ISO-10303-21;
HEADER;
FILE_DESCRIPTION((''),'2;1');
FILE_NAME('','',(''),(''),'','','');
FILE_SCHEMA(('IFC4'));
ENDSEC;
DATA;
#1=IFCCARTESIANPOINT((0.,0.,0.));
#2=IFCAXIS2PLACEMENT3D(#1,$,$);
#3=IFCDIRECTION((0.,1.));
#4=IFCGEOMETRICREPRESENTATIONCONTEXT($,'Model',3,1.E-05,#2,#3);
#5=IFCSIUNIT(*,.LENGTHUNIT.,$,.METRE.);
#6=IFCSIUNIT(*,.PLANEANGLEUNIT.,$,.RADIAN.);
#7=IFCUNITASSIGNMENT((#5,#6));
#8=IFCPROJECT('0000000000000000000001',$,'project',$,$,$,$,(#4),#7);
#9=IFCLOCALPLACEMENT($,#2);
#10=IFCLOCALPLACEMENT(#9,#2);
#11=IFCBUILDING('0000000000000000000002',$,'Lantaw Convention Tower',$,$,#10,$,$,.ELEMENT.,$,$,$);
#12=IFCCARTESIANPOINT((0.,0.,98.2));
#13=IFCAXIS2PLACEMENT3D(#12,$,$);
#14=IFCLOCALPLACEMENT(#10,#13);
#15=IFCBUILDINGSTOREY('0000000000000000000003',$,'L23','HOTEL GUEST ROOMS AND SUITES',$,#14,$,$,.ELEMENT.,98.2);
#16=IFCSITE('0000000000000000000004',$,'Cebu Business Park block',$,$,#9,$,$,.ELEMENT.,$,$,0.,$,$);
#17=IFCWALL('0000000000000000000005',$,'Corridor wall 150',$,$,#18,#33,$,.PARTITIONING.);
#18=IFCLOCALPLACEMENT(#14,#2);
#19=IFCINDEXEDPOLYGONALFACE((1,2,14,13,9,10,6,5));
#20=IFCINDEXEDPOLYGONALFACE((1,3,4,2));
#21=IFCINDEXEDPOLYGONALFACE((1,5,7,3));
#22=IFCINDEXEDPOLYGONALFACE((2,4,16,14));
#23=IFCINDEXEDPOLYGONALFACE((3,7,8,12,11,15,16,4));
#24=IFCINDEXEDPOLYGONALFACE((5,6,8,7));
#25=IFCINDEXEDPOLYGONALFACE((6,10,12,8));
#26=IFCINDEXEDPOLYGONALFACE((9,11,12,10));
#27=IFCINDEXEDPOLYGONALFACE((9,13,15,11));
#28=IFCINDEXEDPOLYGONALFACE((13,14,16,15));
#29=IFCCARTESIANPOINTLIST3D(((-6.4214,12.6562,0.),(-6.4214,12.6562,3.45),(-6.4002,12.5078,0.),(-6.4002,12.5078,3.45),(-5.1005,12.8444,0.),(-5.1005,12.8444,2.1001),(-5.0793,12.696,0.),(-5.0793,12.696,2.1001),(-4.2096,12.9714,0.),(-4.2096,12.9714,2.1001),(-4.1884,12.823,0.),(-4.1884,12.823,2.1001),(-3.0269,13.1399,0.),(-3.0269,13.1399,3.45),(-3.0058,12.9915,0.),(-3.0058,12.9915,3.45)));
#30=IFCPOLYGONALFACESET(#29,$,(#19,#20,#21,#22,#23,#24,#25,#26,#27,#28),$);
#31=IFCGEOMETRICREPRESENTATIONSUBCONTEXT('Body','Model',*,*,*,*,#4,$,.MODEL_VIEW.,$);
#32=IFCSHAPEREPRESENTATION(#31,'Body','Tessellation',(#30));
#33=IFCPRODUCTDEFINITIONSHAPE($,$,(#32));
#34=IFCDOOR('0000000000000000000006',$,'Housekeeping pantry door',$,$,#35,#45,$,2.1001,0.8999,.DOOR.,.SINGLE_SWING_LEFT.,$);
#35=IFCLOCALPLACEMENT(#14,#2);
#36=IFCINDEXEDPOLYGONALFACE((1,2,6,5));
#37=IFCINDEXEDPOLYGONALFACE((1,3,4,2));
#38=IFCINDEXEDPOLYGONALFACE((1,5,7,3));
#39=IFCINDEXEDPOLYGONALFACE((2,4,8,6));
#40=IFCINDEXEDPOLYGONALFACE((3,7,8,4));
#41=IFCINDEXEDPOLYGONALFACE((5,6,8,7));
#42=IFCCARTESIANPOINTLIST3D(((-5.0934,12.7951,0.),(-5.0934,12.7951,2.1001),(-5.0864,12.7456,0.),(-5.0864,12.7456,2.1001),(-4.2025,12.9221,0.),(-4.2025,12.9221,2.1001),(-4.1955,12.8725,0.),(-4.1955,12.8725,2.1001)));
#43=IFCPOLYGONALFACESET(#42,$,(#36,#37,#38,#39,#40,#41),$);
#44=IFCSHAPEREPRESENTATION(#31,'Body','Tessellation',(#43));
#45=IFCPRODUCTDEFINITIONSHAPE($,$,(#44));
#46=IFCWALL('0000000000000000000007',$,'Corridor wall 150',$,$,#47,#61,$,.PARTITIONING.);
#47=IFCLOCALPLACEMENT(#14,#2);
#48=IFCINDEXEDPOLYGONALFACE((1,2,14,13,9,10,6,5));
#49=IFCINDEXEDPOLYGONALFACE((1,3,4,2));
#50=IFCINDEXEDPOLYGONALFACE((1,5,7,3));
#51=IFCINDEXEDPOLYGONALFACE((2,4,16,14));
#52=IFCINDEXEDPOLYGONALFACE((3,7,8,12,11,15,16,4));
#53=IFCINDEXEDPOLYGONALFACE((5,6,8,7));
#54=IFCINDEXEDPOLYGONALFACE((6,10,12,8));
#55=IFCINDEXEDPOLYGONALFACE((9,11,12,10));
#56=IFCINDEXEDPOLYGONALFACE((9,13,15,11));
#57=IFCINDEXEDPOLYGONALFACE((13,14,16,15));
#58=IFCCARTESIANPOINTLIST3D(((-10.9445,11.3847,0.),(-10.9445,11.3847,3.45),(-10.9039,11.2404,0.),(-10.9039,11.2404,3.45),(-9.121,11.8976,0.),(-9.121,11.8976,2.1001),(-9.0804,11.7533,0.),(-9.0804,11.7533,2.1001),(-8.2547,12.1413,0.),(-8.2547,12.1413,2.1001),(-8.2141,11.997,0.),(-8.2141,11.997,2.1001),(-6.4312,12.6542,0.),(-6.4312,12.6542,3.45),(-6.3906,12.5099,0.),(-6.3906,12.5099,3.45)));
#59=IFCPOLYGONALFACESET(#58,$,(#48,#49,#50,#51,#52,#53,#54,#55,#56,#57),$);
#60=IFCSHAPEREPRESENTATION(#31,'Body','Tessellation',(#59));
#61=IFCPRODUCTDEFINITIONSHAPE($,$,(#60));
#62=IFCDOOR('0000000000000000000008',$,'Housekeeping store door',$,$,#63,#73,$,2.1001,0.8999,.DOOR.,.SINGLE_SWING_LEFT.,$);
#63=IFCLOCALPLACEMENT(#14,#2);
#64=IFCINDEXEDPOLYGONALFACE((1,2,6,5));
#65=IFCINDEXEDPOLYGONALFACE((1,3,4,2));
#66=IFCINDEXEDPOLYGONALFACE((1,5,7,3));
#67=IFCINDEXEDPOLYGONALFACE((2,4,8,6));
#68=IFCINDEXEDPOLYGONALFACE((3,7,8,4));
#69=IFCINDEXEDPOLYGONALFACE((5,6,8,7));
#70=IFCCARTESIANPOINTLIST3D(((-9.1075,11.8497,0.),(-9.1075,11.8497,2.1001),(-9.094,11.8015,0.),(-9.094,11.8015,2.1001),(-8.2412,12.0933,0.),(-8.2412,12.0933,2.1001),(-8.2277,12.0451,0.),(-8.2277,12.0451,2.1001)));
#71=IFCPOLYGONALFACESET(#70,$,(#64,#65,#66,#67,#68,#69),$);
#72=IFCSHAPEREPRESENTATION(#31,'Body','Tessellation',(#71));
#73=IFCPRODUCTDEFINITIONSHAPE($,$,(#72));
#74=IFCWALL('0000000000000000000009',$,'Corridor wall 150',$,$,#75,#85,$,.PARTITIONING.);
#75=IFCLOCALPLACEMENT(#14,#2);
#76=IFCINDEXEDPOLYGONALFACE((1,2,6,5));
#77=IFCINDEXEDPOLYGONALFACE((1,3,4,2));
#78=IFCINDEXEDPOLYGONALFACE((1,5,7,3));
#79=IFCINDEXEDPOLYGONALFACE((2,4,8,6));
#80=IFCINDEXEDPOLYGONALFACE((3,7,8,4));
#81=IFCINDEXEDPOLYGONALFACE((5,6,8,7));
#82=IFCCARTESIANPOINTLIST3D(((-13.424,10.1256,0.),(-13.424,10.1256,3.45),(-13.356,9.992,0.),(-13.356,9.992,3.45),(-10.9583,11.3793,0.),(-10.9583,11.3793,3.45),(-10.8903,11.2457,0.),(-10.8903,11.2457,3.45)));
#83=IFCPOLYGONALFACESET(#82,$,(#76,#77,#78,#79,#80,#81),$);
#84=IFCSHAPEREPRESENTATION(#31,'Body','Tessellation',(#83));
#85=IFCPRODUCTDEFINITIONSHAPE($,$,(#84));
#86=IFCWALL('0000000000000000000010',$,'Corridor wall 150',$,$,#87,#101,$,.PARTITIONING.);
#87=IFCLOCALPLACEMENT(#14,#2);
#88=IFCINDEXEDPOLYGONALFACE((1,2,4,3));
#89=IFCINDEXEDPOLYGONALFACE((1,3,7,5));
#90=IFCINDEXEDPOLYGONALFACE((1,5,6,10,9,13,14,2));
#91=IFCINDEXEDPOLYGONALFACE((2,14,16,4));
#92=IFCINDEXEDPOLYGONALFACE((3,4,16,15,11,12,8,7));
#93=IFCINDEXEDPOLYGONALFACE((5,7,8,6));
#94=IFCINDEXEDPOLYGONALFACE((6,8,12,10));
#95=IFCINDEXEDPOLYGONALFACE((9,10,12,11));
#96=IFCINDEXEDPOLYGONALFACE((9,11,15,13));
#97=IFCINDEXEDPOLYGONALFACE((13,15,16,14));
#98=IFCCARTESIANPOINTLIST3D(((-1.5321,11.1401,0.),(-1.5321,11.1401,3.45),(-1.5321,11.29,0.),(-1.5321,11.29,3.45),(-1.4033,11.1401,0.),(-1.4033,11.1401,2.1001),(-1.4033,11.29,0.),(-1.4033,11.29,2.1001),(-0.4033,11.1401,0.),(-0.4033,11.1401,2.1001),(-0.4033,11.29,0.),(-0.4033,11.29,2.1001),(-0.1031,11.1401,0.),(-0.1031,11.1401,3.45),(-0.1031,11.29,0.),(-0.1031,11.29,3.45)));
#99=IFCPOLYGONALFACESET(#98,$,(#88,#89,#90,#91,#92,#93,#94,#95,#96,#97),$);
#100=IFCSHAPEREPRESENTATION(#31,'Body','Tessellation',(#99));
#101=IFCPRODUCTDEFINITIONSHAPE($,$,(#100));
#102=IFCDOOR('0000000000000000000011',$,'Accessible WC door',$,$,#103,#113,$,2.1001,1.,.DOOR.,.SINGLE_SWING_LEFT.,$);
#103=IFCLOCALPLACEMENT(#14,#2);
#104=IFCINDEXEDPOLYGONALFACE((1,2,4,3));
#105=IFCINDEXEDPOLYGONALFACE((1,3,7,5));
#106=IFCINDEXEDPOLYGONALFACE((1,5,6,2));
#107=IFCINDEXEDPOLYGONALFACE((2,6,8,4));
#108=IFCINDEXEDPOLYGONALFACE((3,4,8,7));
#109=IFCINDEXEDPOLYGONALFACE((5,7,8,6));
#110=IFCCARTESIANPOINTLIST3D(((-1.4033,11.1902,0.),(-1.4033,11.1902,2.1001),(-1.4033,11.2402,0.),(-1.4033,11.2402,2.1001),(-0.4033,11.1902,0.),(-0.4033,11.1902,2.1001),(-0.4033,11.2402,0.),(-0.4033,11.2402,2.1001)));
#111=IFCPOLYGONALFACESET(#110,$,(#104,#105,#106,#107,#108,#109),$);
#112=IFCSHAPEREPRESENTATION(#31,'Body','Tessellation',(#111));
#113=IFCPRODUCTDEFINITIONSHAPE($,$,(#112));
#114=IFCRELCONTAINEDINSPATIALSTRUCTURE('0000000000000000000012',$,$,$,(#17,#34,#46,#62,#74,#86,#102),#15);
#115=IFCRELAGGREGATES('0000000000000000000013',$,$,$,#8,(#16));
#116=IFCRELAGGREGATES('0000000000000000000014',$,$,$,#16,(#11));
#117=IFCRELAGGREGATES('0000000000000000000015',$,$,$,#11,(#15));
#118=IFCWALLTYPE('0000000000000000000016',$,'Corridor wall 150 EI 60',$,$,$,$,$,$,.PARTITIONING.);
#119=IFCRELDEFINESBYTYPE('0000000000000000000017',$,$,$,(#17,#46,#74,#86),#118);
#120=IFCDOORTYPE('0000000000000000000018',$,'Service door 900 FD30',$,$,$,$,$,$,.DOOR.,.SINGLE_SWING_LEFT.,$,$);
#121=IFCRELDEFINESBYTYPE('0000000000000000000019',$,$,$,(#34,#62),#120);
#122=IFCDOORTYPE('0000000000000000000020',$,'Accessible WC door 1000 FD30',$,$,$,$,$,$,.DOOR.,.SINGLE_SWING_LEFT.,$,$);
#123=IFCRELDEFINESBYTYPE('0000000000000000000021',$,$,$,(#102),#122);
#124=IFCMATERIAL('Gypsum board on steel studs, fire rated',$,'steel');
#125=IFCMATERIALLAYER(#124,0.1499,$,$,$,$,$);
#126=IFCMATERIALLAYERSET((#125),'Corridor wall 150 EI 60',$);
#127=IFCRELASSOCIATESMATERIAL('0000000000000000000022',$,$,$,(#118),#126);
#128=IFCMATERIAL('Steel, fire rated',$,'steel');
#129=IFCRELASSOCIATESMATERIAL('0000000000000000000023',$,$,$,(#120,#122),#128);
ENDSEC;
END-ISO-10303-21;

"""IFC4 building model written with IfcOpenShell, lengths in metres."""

from ifc_helpers import new_model, si_unit, direction, frame, frame_2d, origin, place, context, subcontext, project, spatial, rectangle, extrude, material, layer, layer_set, type_object, element, fill, save


model = new_model("IFC4")

# Units and contexts
model_context = context("Model", 3, precision=1e-05, world=origin(), true_north=direction((0.0, 1.0)))
body_context = subcontext(model_context, "Body", "Model", "MODEL_VIEW")
ifc_project = project(units=[si_unit("LENGTHUNIT", "METRE"), si_unit("PLANEANGLEUNIT", "RADIAN")], contexts=[model_context])

# Site, building, storey
site_placement = place(None, origin())
site = spatial("IfcSite", under=ifc_project, at=site_placement, Name="Cebu Business Park block", CompositionType="ELEMENT", RefElevation=0.0)
building_placement = place(site_placement, origin())
building = spatial("IfcBuilding", under=site, at=building_placement, Name="Lantaw Convention Tower", CompositionType="ELEMENT")
storey_placement = place(building_placement, frame((0.0, 0.0, 98.2)))
storey = spatial("IfcBuildingStorey", under=building, at=storey_placement, Name="L23", Description="HOTEL GUEST ROOMS AND SUITES", CompositionType="ELEMENT", Elevation=98.2)

# Shared definitions
ifc_material_1 = material(Name="Gypsum board on steel studs, fire rated", Category="steel")
ifc_layer_1 = layer(ifc_material_1, 0.1499)
ifc_layer_set_1 = layer_set([ifc_layer_1], Name="Corridor wall 150 EI 60")
wall_type_1 = type_object("IfcWallType", Name="Corridor wall 150 EI 60", PredefinedType="PARTITIONING", material=ifc_layer_set_1)

# Walls, openings, doors
ifc_material_2 = material(Name="Steel, fire rated", Category="steel")
wall_1_placement = place(storey_placement, frame((-3.0164, 13.0657, 0.0), z_axis=(0.0, 0.0, 1.0), x_axis=(-0.990002, -0.141053, 0.0)))
wall_1 = element("IfcWall", 1, at=wall_1_placement, inside=storey, type_object=wall_type_1, Name="Corridor wall 150", PredefinedType="PARTITIONING", context=body_context, shape_type="SweptSolid", body=[
    extrude(rectangle(XDim=3.4287, YDim=0.1499, at=frame_2d((1.7144, 0.0))), origin(), (0.0, 0.0, 1.0), 3.45),
])
opening_1_placement = place(wall_1_placement, frame((1.1946, 0.0, 0.0)))
opening_1 = element("IfcOpeningElement", 2, at=opening_1_placement, cuts=wall_1, PredefinedType="OPENING", context=body_context, shape_type="SweptSolid", body=[
    extrude(rectangle(XDim=0.8999, YDim=2.1001, at=frame_2d((0.45, 1.05))), frame((0.0, 0.085, 0.0), z_axis=(0.0, -1.0, 0.0), x_axis=(1.0, 0.0, 0.0)), (0.0, 0.0, 1.0), 0.1699),
])
door_type_1 = type_object("IfcDoorType", Name="Service door 900 FD30", OperationType="SINGLE_SWING_LEFT", PredefinedType="DOOR", material=ifc_material_2)
door_1_placement = place(opening_1_placement, origin())
door_1 = element("IfcDoor", 3, at=door_1_placement, inside=storey, type_object=door_type_1, Name="Housekeeping pantry door", OperationType="SINGLE_SWING_LEFT", OverallHeight=2.1001, OverallWidth=0.8999, PredefinedType="DOOR", context=body_context, shape_type="SweptSolid", body=[
    extrude(rectangle(XDim=0.8999, YDim=2.1001, at=frame_2d((0.45, 1.05))), frame((0.0, 0.0249, 0.0), z_axis=(0.0, -1.0, 0.0), x_axis=(1.0, 0.0, 0.0)), (0.0, 0.0, 1.0), 0.05),
])
fill(opening_1, door_1)
wall_2_placement = place(storey_placement, frame((-6.4109, 12.582, 0.0), z_axis=(0.0, 0.0, 1.0), x_axis=(-0.962644, -0.270771, 0.0)))
wall_2 = element("IfcWall", 4, at=wall_2_placement, inside=storey, type_object=wall_type_1, Name="Corridor wall 150", PredefinedType="PARTITIONING", context=body_context, shape_type="SweptSolid", body=[
    extrude(rectangle(XDim=4.6885, YDim=0.1499, at=frame_2d((2.3442, 0.0))), origin(), (0.0, 0.0, 1.0), 3.45),
])
opening_2_placement = place(wall_2_placement, frame((1.8943, 0.0, 0.0)))
opening_2 = element("IfcOpeningElement", 5, at=opening_2_placement, cuts=wall_2, PredefinedType="OPENING", context=body_context, shape_type="SweptSolid", body=[
    extrude(rectangle(XDim=0.8999, YDim=2.1001, at=frame_2d((0.45, 1.05))), frame((0.0, 0.085, 0.0), z_axis=(0.0, -1.0, 0.0), x_axis=(1.0, 0.0, 0.0)), (0.0, 0.0, 1.0), 0.1699),
])
door_2_placement = place(opening_2_placement, origin())
door_2 = element("IfcDoor", 6, at=door_2_placement, inside=storey, type_object=door_type_1, Name="Housekeeping store door", OperationType="SINGLE_SWING_LEFT", OverallHeight=2.1001, OverallWidth=0.8999, PredefinedType="DOOR", context=body_context, shape_type="SweptSolid", body=[
    extrude(rectangle(XDim=0.8999, YDim=2.1001, at=frame_2d((0.45, 1.05))), frame((0.0, 0.0249, 0.0), z_axis=(0.0, -1.0, 0.0), x_axis=(1.0, 0.0, 0.0)), (0.0, 0.0, 1.0), 0.05),
])
fill(opening_2, door_2)

# Wall
wall_3_placement = place(storey_placement, frame((-10.9243, 11.3125, 0.0), z_axis=(0.0, 0.0, 1.0), x_axis=(-0.891388, -0.453241, 0.0)))
element("IfcWall", 7, at=wall_3_placement, inside=storey, type_object=wall_type_1, Name="Corridor wall 150", PredefinedType="PARTITIONING", context=body_context, shape_type="SweptSolid", body=[
    extrude(rectangle(XDim=2.7661, YDim=0.1499, at=frame_2d((1.3831, 0.0))), origin(), (0.0, 0.0, 1.0), 3.45),
])

# Wall, opening, door
wall_4_placement = place(storey_placement, frame((-0.1033, 11.2151, 0.0), z_axis=(0.0, 0.0, 1.0), x_axis=(-1.0, 0.0, 0.0)))
wall_4 = element("IfcWall", 8, at=wall_4_placement, inside=storey, type_object=wall_type_1, Name="Corridor wall 150", PredefinedType="PARTITIONING", context=body_context, shape_type="SweptSolid", body=[
    extrude(rectangle(XDim=1.429, YDim=0.1499, at=frame_2d((0.7144, 0.0))), origin(), (0.0, 0.0, 1.0), 3.45),
])
opening_3_placement = place(wall_4_placement, frame((0.3, 0.0, 0.0)))
opening_3 = element("IfcOpeningElement", 9, at=opening_3_placement, cuts=wall_4, PredefinedType="OPENING", context=body_context, shape_type="SweptSolid", body=[
    extrude(rectangle(XDim=1.0, YDim=2.1001, at=frame_2d((0.5, 1.05))), frame((0.0, 0.085, 0.0), z_axis=(0.0, -1.0, 0.0), x_axis=(1.0, 0.0, 0.0)), (0.0, 0.0, 1.0), 0.1699),
])
door_type_2 = type_object("IfcDoorType", Name="Accessible WC door 1000 FD30", OperationType="SINGLE_SWING_LEFT", PredefinedType="DOOR", material=ifc_material_2)
door_3_placement = place(opening_3_placement, origin())
door_3 = element("IfcDoor", 10, at=door_3_placement, inside=storey, type_object=door_type_2, Name="Accessible WC door", OperationType="SINGLE_SWING_LEFT", OverallHeight=2.1001, OverallWidth=1.0, PredefinedType="DOOR", context=body_context, shape_type="SweptSolid", body=[
    extrude(rectangle(XDim=1.0, YDim=2.1001, at=frame_2d((0.5, 1.05))), frame((0.0, 0.0249, 0.0), z_axis=(0.0, -1.0, 0.0), x_axis=(1.0, 0.0, 0.0)), (0.0, 0.0, 1.0), 0.05),
])
fill(opening_3, door_3)

save(model, "model.ifc")
